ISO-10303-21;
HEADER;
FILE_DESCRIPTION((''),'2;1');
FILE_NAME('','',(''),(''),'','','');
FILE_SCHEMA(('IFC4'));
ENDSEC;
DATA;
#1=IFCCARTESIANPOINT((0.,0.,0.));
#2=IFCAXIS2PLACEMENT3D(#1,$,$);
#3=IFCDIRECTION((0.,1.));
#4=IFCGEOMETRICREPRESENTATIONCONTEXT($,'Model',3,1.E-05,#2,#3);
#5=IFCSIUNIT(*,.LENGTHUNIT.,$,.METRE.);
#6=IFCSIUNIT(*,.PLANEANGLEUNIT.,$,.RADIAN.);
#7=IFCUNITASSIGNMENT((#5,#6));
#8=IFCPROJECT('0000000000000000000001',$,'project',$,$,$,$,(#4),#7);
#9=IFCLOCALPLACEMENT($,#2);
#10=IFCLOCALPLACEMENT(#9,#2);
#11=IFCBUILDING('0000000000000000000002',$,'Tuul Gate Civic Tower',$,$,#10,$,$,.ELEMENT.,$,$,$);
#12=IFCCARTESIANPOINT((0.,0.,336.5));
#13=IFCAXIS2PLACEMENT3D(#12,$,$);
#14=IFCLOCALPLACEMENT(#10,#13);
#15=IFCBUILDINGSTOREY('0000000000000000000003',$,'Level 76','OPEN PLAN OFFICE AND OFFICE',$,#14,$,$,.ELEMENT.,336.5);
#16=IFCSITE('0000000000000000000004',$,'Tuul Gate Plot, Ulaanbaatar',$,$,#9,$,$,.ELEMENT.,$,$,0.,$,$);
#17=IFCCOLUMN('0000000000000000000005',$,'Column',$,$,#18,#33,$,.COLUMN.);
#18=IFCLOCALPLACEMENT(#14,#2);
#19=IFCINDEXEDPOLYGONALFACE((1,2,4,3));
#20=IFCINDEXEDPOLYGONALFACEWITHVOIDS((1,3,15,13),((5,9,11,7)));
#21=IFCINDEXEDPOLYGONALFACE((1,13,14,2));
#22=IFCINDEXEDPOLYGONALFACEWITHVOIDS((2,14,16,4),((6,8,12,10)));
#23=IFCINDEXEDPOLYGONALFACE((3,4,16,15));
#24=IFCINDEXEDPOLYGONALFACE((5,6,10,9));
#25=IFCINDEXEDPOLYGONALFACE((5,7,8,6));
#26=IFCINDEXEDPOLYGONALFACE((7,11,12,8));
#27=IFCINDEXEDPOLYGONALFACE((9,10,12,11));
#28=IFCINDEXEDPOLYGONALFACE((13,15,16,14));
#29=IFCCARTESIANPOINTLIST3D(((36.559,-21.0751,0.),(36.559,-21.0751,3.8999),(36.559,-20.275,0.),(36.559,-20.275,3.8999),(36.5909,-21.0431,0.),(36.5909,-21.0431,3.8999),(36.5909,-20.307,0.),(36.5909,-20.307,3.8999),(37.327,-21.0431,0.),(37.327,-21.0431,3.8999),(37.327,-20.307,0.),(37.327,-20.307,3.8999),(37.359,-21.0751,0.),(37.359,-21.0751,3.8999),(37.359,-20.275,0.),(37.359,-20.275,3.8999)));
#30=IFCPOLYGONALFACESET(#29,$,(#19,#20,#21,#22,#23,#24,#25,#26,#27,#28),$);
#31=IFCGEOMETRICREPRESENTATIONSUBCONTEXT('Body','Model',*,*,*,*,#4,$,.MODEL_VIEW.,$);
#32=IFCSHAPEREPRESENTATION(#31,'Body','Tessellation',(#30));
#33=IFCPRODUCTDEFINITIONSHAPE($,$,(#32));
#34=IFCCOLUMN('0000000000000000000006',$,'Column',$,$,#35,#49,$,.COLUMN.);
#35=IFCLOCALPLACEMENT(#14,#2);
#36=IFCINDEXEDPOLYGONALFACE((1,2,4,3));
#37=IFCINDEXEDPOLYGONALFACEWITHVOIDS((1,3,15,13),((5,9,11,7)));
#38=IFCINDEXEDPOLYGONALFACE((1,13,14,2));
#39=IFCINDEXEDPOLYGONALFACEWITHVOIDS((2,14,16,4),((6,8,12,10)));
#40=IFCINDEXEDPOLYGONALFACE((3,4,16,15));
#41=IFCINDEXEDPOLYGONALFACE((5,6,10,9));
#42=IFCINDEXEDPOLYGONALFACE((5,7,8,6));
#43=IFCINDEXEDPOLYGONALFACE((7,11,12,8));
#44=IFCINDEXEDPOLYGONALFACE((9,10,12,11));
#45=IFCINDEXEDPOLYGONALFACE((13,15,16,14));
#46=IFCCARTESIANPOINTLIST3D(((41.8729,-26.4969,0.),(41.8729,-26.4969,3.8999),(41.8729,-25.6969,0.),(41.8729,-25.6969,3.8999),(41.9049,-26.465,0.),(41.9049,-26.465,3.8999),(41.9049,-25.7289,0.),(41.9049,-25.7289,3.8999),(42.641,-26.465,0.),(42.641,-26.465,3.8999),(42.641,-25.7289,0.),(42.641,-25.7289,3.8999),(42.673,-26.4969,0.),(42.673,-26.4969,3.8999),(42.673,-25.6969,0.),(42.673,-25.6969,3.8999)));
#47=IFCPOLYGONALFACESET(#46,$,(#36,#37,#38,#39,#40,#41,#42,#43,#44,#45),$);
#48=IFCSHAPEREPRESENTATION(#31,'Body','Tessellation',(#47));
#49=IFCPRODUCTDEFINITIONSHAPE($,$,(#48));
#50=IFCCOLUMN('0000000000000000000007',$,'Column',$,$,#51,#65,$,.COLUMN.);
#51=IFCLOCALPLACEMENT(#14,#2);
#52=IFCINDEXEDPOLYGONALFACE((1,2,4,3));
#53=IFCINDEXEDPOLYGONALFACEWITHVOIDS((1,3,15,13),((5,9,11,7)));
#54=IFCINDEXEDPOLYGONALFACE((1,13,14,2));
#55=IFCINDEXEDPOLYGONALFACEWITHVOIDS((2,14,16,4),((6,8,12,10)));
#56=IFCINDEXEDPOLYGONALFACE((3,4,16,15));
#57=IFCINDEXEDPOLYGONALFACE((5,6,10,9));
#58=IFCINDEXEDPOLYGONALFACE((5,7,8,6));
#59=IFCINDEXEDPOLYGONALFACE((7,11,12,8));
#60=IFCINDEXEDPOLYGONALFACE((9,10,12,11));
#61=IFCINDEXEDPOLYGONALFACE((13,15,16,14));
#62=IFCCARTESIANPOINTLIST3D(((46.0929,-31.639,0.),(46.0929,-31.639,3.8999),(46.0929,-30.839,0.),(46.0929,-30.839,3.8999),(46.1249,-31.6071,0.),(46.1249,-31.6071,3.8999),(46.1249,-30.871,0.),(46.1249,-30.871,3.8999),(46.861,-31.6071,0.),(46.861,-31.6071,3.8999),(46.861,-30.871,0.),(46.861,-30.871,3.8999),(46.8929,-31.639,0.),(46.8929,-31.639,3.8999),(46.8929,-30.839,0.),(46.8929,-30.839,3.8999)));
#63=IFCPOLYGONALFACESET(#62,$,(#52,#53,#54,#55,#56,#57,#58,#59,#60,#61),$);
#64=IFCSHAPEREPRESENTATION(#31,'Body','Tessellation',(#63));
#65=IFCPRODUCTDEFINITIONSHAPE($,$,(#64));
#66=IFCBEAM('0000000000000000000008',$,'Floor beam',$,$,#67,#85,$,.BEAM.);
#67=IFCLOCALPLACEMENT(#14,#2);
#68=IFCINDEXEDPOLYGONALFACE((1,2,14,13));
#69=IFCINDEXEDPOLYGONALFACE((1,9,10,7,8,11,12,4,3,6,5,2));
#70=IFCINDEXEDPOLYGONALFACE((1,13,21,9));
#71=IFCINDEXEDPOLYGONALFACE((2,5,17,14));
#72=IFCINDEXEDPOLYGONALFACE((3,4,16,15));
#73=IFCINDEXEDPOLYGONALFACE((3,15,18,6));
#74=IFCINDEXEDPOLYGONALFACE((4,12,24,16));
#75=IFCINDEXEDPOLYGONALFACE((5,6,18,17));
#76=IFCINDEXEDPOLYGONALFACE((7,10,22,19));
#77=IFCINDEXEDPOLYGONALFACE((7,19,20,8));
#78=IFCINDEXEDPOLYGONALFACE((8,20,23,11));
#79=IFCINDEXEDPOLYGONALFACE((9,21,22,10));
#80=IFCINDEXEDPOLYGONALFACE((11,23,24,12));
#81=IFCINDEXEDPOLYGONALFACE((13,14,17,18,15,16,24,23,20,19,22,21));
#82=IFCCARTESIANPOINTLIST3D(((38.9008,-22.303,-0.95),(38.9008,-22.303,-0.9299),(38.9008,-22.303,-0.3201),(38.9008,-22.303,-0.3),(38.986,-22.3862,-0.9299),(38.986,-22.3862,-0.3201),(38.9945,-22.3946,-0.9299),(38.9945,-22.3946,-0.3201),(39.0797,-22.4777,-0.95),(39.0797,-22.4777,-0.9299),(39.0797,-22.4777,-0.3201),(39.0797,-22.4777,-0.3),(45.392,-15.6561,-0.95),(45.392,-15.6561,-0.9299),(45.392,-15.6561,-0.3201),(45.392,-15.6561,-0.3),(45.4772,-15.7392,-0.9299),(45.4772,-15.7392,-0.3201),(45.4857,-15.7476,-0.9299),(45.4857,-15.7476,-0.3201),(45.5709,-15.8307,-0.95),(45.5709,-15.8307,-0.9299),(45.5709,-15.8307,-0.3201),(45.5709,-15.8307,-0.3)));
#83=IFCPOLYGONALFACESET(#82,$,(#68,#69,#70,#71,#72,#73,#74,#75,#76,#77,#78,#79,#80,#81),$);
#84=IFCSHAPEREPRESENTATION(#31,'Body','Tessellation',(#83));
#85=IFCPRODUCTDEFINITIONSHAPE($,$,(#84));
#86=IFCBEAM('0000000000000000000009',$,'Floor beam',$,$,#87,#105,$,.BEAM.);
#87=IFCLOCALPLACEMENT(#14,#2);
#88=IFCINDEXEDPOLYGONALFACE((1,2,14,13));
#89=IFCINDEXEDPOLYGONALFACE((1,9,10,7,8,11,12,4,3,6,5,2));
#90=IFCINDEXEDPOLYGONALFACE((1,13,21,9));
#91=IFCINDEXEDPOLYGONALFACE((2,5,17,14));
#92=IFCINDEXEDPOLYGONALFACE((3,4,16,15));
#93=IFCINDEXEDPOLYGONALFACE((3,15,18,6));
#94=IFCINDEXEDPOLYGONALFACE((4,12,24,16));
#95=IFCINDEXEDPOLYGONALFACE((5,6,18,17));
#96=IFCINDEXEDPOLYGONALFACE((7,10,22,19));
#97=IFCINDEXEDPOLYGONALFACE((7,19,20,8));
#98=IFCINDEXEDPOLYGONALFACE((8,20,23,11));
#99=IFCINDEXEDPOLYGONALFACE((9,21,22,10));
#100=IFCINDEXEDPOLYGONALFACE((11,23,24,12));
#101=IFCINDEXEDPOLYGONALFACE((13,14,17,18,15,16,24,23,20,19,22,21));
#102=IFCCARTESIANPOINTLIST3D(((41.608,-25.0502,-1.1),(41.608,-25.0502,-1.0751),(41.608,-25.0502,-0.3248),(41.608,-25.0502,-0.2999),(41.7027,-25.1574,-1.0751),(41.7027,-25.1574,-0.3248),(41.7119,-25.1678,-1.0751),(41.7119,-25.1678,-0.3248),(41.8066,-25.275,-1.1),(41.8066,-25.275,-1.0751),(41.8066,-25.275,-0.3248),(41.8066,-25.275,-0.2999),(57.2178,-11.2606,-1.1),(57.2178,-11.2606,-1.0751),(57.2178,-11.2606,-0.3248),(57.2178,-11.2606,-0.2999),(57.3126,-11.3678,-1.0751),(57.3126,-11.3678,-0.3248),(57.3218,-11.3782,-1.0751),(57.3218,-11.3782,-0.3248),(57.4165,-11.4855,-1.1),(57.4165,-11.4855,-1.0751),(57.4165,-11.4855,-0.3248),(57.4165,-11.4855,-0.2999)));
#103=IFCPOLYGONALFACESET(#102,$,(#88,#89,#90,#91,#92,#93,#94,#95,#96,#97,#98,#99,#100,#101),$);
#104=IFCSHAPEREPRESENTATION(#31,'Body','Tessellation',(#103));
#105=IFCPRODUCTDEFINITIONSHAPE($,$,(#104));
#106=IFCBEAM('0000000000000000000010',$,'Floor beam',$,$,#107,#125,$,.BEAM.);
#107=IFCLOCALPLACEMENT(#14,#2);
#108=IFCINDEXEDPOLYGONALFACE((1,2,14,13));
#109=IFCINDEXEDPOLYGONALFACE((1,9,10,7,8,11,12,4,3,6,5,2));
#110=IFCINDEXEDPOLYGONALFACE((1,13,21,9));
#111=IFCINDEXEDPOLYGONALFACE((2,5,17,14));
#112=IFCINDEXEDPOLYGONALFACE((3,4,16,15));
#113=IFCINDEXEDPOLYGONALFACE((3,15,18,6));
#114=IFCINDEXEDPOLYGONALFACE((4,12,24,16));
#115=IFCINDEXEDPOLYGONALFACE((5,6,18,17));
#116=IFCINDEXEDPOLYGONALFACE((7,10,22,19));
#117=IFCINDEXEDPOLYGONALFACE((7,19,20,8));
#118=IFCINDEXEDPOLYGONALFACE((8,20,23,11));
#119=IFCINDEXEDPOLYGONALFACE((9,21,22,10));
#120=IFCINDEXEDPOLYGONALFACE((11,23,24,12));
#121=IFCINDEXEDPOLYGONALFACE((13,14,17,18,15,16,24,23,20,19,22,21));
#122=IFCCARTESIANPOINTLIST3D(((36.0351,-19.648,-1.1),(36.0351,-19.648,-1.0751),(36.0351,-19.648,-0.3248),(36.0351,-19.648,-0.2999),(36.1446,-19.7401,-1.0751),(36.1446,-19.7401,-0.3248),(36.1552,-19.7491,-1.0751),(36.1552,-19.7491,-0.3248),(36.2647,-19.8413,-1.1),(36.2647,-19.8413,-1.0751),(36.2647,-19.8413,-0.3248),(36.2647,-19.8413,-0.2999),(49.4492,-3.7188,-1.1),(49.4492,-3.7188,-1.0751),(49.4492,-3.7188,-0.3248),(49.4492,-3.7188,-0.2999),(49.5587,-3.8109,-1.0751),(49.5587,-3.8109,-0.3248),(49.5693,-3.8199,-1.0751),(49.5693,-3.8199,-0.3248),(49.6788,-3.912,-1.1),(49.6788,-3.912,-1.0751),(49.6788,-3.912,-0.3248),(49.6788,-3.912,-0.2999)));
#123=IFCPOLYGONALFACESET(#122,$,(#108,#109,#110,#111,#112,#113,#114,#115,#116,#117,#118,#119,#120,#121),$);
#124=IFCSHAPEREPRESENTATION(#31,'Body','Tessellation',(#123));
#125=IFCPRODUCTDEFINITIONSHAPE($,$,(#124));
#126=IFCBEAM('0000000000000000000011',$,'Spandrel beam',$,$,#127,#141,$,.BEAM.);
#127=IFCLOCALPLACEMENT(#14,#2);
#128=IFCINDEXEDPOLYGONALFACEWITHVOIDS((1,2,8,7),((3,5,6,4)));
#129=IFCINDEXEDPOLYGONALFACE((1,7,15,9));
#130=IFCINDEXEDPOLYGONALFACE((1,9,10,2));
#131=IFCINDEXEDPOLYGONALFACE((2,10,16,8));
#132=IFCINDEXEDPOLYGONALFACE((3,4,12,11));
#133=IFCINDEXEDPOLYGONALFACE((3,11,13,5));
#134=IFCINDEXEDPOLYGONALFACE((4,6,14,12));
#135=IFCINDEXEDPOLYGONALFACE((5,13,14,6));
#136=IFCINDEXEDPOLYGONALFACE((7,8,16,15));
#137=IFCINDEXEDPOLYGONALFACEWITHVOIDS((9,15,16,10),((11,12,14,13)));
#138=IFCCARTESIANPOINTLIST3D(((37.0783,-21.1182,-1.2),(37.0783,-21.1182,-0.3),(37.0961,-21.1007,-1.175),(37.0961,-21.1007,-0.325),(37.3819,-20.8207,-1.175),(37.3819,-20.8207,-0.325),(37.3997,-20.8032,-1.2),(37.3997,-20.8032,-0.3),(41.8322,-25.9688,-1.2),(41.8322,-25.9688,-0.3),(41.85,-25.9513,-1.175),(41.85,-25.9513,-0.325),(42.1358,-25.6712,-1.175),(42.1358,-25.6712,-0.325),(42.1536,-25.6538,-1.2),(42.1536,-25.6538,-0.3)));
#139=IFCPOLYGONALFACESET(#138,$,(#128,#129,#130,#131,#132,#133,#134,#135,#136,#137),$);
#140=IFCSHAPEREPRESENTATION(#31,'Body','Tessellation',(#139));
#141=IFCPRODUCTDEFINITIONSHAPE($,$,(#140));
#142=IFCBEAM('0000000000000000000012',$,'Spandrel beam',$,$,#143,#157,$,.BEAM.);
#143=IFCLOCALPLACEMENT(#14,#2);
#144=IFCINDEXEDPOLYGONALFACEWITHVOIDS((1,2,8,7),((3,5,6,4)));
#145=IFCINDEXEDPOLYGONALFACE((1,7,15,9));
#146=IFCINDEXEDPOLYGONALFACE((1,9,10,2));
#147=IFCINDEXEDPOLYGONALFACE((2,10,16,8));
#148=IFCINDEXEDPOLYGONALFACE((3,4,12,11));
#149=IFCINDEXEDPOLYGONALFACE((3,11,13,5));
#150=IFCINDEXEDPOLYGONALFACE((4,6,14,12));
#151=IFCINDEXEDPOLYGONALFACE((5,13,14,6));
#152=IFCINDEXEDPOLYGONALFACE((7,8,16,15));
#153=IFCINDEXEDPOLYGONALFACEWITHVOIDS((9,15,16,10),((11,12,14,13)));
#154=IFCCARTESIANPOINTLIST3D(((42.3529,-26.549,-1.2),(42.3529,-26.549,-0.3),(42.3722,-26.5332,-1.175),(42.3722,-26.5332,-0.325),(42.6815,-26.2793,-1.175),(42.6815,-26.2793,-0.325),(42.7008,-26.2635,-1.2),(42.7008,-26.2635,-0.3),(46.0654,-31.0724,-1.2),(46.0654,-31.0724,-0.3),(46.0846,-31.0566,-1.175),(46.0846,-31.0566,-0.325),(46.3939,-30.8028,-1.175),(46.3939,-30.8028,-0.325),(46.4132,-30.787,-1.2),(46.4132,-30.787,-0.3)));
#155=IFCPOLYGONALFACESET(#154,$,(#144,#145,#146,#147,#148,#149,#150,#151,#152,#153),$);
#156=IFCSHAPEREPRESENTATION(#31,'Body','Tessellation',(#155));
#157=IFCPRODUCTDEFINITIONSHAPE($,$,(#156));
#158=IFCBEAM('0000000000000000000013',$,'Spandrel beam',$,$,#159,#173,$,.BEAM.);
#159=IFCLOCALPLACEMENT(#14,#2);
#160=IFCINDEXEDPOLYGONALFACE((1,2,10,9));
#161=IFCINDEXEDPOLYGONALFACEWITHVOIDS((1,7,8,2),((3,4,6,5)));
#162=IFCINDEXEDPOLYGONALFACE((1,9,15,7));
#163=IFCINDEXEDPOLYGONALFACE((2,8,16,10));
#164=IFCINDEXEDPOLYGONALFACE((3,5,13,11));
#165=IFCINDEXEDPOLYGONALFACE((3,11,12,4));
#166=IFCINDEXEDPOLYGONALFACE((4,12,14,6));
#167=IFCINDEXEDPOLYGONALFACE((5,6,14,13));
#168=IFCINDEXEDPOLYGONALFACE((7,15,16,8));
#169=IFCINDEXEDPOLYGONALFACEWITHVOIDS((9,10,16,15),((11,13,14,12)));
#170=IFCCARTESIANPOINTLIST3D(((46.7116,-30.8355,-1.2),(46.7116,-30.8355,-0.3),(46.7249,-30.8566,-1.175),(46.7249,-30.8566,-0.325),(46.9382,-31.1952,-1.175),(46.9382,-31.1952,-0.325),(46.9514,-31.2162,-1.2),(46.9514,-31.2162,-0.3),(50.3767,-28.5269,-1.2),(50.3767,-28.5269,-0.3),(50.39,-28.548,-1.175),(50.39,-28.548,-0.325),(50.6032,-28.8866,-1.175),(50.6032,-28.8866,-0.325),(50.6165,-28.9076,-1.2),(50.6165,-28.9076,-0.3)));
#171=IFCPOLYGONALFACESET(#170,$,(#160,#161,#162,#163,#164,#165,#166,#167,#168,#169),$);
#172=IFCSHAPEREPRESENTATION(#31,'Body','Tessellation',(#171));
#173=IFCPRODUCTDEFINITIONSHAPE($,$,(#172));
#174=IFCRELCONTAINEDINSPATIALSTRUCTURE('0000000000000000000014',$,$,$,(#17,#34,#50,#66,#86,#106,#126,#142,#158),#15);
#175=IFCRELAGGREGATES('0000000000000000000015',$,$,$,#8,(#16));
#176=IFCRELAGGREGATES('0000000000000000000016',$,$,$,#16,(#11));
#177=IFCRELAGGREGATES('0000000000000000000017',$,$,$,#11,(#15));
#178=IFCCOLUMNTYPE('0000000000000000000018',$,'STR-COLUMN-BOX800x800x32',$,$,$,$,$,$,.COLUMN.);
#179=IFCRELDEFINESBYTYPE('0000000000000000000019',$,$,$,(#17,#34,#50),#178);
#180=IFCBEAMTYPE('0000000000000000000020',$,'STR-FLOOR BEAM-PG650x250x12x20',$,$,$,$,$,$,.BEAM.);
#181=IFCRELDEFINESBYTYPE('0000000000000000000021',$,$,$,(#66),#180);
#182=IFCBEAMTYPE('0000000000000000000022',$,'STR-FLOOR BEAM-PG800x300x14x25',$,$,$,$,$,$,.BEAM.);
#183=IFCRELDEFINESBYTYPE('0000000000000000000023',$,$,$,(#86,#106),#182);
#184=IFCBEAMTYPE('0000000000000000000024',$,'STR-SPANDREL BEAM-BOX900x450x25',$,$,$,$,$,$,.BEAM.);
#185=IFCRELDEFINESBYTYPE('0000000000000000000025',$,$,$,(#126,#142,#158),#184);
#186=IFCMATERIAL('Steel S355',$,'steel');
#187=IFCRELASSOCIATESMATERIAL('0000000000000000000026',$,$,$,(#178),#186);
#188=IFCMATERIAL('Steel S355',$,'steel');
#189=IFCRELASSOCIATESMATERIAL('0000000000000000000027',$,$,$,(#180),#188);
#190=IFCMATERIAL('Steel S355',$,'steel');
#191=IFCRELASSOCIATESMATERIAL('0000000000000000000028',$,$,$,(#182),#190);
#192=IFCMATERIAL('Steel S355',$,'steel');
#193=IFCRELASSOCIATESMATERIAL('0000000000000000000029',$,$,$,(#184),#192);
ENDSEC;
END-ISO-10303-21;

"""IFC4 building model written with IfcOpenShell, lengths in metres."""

from ifc_helpers import new_model, si_unit, direction, frame, origin, origin_2d, place, context, subcontext, project, spatial, hollow_rectangle, i_section, extrude, material, material_profile, profile_set, type_object, element, save


model = new_model("IFC4")

# Units and contexts
model_context = context("Model", 3, precision=1e-05, world=origin(), true_north=direction((0.0, 1.0)))
body_context = subcontext(model_context, "Body", "Model", "MODEL_VIEW")
ifc_project = project(units=[si_unit("LENGTHUNIT", "METRE"), si_unit("PLANEANGLEUNIT", "RADIAN")], contexts=[model_context])

# Site, building, storey
site_placement = place(None, origin())
site = spatial("IfcSite", under=ifc_project, at=site_placement, Name="Tuul Gate Plot, Ulaanbaatar", CompositionType="ELEMENT", RefElevation=0.0)
building_placement = place(site_placement, origin())
building = spatial("IfcBuilding", under=site, at=building_placement, Name="Tuul Gate Civic Tower", CompositionType="ELEMENT")
storey_placement = place(building_placement, frame((0.0, 0.0, 336.5)))
storey = spatial("IfcBuildingStorey", under=building, at=storey_placement, Name="Level 76", Description="OPEN PLAN OFFICE AND OFFICE", CompositionType="ELEMENT", Elevation=336.5)

# Columns
ifc_material_1 = material(Name="Steel S355", Category="steel")
ifc_material_profile_1 = material_profile(ifc_material_1, hollow_rectangle(XDim=0.8, YDim=0.8, WallThickness=0.032, at=origin_2d()), Name="BOX800x800x32")
ifc_profile_set_1 = profile_set([ifc_material_profile_1], Name="Steel S355")
column_type = type_object("IfcColumnType", Name="STR-COLUMN-BOX800x800x32", PredefinedType="COLUMN", material=ifc_profile_set_1)
for number, where, z_axis, x_axis, name in (
    (1, (36.959, -20.675, 0.0), (0.0, 0.0, 1.0), (1.0, 0.0, 0.0), "Column"),
    (2, (42.2729, -26.0969, 0.0), (0.0, 0.0, 1.0), (1.0, 0.0, 0.0), "Column"),
    (3, (46.4929, -31.239, 0.0), (0.0, 0.0, 1.0), (1.0, 0.0, 0.0), "Column"),
):
    element("IfcColumn", number, at=place(storey_placement, frame(where, z_axis=z_axis, x_axis=x_axis)), inside=storey, type_object=column_type, Name=name, PredefinedType="COLUMN", context=body_context, shape_type="SweptSolid", body=[
        extrude(hollow_rectangle(XDim=0.8, YDim=0.8, WallThickness=0.032, at=origin_2d()), origin(), (0.0, 0.0, 1.0), 3.8999),
    ])

# Beams
ifc_material_2 = material(Name="Steel S355", Category="steel")
ifc_material_profile_2 = material_profile(ifc_material_2, i_section(OverallWidth=0.25, OverallDepth=0.6499, WebThickness=0.012, FlangeThickness=0.02, at=origin_2d()), Name="PG650x250x12x20")
ifc_profile_set_2 = profile_set([ifc_material_profile_2], Name="Steel S355")
beam_type_1 = type_object("IfcBeamType", Name="STR-FLOOR BEAM-PG650x250x12x20", PredefinedType="BEAM", material=ifc_profile_set_2)
beam_1_placement = place(storey_placement, frame((38.9902, -22.3904, -0.625), z_axis=(0.698674, 0.71544, 0.0), x_axis=(-0.71544, 0.698674, 0.0)))
element("IfcBeam", 4, at=beam_1_placement, inside=storey, type_object=beam_type_1, Name="Floor beam", PredefinedType="BEAM", context=body_context, shape_type="SweptSolid", body=[
    extrude(i_section(OverallWidth=0.25, OverallDepth=0.6499, WebThickness=0.012, FlangeThickness=0.02, at=origin_2d()), origin(), (0.0, 0.0, 1.0), 9.2908),
])
ifc_material_3 = material(Name="Steel S355", Category="steel")
ifc_material_profile_3 = material_profile(ifc_material_3, i_section(OverallWidth=0.3, OverallDepth=0.8, WebThickness=0.0139, FlangeThickness=0.0249, at=origin_2d()), Name="PG800x300x14x25")
ifc_profile_set_3 = profile_set([ifc_material_profile_3], Name="Steel S355")
beam_type_2 = type_object("IfcBeamType", Name="STR-FLOOR BEAM-PG800x300x14x25", PredefinedType="BEAM", material=ifc_profile_set_3)
beam_2_placement = place(storey_placement, frame((41.7073, -25.1626, -0.7), z_axis=(0.749453, 0.662057, 0.0), x_axis=(-0.662057, 0.749453, 0.0)))
element("IfcBeam", 5, at=beam_2_placement, inside=storey, type_object=beam_type_2, Name="Floor beam", PredefinedType="BEAM", context=body_context, shape_type="SweptSolid", body=[
    extrude(i_section(OverallWidth=0.3, OverallDepth=0.8, WebThickness=0.0139, FlangeThickness=0.0249, at=origin_2d()), origin(), (0.0, 0.0, 1.0), 20.8284),
])
beam_3_placement = place(storey_placement, frame((36.1499, -19.7446, -0.7), z_axis=(0.644136, 0.764911, 0.0), x_axis=(-0.764911, 0.644136, 0.0)))
element("IfcBeam", 6, at=beam_3_placement, inside=storey, type_object=beam_type_2, Name="Floor beam", PredefinedType="BEAM", context=body_context, shape_type="SweptSolid", body=[
    extrude(i_section(OverallWidth=0.3, OverallDepth=0.8, WebThickness=0.0139, FlangeThickness=0.0249, at=origin_2d()), origin(), (0.0, 0.0, 1.0), 20.825),
])
ifc_material_4 = material(Name="Steel S355", Category="steel")
ifc_material_profile_4 = material_profile(ifc_material_4, hollow_rectangle(XDim=0.45, YDim=0.8999, WallThickness=0.0249, at=origin_2d()), Name="BOX900x450x25")
ifc_profile_set_4 = profile_set([ifc_material_profile_4], Name="Steel S355")
beam_type_3 = type_object("IfcBeamType", Name="STR-SPANDREL BEAM-BOX900x450x25", PredefinedType="BEAM", material=ifc_profile_set_4)
beam_4_placement = place(storey_placement, frame((37.239, -20.9607, -0.75), z_axis=(0.699954, -0.714188, 0.0), x_axis=(0.714188, 0.699954, 0.0)))
element("IfcBeam", 7, at=beam_4_placement, inside=storey, type_object=beam_type_3, Name="Spandrel beam", PredefinedType="BEAM", context=body_context, shape_type="SweptSolid", body=[
    extrude(hollow_rectangle(XDim=0.45, YDim=0.8999, WallThickness=0.0249, at=origin_2d()), origin(), (0.0, 0.0, 1.0), 6.7917),
])
beam_5_placement = place(storey_placement, frame((42.5269, -26.4062, -0.75), z_axis=(0.634405, -0.773001, 0.0), x_axis=(0.773001, 0.634405, 0.0)))
element("IfcBeam", 8, at=beam_5_placement, inside=storey, type_object=beam_type_3, Name="Spandrel beam", PredefinedType="BEAM", context=body_context, shape_type="SweptSolid", body=[
    extrude(hollow_rectangle(XDim=0.45, YDim=0.8999, WallThickness=0.0249, at=origin_2d()), origin(), (0.0, 0.0, 1.0), 5.8518),
])
beam_6_placement = place(storey_placement, frame((46.8315, -31.0259, -0.75), z_axis=(0.846131, 0.532975, 0.0), x_axis=(-0.532975, 0.846131, 0.0)))
element("IfcBeam", 9, at=beam_6_placement, inside=storey, type_object=beam_type_3, Name="Spandrel beam", PredefinedType="BEAM", context=body_context, shape_type="SweptSolid", body=[
    extrude(hollow_rectangle(XDim=0.45, YDim=0.8999, WallThickness=0.0249, at=origin_2d()), origin(), (0.0, 0.0, 1.0), 4.3315),
])

save(model, "model.ifc")
